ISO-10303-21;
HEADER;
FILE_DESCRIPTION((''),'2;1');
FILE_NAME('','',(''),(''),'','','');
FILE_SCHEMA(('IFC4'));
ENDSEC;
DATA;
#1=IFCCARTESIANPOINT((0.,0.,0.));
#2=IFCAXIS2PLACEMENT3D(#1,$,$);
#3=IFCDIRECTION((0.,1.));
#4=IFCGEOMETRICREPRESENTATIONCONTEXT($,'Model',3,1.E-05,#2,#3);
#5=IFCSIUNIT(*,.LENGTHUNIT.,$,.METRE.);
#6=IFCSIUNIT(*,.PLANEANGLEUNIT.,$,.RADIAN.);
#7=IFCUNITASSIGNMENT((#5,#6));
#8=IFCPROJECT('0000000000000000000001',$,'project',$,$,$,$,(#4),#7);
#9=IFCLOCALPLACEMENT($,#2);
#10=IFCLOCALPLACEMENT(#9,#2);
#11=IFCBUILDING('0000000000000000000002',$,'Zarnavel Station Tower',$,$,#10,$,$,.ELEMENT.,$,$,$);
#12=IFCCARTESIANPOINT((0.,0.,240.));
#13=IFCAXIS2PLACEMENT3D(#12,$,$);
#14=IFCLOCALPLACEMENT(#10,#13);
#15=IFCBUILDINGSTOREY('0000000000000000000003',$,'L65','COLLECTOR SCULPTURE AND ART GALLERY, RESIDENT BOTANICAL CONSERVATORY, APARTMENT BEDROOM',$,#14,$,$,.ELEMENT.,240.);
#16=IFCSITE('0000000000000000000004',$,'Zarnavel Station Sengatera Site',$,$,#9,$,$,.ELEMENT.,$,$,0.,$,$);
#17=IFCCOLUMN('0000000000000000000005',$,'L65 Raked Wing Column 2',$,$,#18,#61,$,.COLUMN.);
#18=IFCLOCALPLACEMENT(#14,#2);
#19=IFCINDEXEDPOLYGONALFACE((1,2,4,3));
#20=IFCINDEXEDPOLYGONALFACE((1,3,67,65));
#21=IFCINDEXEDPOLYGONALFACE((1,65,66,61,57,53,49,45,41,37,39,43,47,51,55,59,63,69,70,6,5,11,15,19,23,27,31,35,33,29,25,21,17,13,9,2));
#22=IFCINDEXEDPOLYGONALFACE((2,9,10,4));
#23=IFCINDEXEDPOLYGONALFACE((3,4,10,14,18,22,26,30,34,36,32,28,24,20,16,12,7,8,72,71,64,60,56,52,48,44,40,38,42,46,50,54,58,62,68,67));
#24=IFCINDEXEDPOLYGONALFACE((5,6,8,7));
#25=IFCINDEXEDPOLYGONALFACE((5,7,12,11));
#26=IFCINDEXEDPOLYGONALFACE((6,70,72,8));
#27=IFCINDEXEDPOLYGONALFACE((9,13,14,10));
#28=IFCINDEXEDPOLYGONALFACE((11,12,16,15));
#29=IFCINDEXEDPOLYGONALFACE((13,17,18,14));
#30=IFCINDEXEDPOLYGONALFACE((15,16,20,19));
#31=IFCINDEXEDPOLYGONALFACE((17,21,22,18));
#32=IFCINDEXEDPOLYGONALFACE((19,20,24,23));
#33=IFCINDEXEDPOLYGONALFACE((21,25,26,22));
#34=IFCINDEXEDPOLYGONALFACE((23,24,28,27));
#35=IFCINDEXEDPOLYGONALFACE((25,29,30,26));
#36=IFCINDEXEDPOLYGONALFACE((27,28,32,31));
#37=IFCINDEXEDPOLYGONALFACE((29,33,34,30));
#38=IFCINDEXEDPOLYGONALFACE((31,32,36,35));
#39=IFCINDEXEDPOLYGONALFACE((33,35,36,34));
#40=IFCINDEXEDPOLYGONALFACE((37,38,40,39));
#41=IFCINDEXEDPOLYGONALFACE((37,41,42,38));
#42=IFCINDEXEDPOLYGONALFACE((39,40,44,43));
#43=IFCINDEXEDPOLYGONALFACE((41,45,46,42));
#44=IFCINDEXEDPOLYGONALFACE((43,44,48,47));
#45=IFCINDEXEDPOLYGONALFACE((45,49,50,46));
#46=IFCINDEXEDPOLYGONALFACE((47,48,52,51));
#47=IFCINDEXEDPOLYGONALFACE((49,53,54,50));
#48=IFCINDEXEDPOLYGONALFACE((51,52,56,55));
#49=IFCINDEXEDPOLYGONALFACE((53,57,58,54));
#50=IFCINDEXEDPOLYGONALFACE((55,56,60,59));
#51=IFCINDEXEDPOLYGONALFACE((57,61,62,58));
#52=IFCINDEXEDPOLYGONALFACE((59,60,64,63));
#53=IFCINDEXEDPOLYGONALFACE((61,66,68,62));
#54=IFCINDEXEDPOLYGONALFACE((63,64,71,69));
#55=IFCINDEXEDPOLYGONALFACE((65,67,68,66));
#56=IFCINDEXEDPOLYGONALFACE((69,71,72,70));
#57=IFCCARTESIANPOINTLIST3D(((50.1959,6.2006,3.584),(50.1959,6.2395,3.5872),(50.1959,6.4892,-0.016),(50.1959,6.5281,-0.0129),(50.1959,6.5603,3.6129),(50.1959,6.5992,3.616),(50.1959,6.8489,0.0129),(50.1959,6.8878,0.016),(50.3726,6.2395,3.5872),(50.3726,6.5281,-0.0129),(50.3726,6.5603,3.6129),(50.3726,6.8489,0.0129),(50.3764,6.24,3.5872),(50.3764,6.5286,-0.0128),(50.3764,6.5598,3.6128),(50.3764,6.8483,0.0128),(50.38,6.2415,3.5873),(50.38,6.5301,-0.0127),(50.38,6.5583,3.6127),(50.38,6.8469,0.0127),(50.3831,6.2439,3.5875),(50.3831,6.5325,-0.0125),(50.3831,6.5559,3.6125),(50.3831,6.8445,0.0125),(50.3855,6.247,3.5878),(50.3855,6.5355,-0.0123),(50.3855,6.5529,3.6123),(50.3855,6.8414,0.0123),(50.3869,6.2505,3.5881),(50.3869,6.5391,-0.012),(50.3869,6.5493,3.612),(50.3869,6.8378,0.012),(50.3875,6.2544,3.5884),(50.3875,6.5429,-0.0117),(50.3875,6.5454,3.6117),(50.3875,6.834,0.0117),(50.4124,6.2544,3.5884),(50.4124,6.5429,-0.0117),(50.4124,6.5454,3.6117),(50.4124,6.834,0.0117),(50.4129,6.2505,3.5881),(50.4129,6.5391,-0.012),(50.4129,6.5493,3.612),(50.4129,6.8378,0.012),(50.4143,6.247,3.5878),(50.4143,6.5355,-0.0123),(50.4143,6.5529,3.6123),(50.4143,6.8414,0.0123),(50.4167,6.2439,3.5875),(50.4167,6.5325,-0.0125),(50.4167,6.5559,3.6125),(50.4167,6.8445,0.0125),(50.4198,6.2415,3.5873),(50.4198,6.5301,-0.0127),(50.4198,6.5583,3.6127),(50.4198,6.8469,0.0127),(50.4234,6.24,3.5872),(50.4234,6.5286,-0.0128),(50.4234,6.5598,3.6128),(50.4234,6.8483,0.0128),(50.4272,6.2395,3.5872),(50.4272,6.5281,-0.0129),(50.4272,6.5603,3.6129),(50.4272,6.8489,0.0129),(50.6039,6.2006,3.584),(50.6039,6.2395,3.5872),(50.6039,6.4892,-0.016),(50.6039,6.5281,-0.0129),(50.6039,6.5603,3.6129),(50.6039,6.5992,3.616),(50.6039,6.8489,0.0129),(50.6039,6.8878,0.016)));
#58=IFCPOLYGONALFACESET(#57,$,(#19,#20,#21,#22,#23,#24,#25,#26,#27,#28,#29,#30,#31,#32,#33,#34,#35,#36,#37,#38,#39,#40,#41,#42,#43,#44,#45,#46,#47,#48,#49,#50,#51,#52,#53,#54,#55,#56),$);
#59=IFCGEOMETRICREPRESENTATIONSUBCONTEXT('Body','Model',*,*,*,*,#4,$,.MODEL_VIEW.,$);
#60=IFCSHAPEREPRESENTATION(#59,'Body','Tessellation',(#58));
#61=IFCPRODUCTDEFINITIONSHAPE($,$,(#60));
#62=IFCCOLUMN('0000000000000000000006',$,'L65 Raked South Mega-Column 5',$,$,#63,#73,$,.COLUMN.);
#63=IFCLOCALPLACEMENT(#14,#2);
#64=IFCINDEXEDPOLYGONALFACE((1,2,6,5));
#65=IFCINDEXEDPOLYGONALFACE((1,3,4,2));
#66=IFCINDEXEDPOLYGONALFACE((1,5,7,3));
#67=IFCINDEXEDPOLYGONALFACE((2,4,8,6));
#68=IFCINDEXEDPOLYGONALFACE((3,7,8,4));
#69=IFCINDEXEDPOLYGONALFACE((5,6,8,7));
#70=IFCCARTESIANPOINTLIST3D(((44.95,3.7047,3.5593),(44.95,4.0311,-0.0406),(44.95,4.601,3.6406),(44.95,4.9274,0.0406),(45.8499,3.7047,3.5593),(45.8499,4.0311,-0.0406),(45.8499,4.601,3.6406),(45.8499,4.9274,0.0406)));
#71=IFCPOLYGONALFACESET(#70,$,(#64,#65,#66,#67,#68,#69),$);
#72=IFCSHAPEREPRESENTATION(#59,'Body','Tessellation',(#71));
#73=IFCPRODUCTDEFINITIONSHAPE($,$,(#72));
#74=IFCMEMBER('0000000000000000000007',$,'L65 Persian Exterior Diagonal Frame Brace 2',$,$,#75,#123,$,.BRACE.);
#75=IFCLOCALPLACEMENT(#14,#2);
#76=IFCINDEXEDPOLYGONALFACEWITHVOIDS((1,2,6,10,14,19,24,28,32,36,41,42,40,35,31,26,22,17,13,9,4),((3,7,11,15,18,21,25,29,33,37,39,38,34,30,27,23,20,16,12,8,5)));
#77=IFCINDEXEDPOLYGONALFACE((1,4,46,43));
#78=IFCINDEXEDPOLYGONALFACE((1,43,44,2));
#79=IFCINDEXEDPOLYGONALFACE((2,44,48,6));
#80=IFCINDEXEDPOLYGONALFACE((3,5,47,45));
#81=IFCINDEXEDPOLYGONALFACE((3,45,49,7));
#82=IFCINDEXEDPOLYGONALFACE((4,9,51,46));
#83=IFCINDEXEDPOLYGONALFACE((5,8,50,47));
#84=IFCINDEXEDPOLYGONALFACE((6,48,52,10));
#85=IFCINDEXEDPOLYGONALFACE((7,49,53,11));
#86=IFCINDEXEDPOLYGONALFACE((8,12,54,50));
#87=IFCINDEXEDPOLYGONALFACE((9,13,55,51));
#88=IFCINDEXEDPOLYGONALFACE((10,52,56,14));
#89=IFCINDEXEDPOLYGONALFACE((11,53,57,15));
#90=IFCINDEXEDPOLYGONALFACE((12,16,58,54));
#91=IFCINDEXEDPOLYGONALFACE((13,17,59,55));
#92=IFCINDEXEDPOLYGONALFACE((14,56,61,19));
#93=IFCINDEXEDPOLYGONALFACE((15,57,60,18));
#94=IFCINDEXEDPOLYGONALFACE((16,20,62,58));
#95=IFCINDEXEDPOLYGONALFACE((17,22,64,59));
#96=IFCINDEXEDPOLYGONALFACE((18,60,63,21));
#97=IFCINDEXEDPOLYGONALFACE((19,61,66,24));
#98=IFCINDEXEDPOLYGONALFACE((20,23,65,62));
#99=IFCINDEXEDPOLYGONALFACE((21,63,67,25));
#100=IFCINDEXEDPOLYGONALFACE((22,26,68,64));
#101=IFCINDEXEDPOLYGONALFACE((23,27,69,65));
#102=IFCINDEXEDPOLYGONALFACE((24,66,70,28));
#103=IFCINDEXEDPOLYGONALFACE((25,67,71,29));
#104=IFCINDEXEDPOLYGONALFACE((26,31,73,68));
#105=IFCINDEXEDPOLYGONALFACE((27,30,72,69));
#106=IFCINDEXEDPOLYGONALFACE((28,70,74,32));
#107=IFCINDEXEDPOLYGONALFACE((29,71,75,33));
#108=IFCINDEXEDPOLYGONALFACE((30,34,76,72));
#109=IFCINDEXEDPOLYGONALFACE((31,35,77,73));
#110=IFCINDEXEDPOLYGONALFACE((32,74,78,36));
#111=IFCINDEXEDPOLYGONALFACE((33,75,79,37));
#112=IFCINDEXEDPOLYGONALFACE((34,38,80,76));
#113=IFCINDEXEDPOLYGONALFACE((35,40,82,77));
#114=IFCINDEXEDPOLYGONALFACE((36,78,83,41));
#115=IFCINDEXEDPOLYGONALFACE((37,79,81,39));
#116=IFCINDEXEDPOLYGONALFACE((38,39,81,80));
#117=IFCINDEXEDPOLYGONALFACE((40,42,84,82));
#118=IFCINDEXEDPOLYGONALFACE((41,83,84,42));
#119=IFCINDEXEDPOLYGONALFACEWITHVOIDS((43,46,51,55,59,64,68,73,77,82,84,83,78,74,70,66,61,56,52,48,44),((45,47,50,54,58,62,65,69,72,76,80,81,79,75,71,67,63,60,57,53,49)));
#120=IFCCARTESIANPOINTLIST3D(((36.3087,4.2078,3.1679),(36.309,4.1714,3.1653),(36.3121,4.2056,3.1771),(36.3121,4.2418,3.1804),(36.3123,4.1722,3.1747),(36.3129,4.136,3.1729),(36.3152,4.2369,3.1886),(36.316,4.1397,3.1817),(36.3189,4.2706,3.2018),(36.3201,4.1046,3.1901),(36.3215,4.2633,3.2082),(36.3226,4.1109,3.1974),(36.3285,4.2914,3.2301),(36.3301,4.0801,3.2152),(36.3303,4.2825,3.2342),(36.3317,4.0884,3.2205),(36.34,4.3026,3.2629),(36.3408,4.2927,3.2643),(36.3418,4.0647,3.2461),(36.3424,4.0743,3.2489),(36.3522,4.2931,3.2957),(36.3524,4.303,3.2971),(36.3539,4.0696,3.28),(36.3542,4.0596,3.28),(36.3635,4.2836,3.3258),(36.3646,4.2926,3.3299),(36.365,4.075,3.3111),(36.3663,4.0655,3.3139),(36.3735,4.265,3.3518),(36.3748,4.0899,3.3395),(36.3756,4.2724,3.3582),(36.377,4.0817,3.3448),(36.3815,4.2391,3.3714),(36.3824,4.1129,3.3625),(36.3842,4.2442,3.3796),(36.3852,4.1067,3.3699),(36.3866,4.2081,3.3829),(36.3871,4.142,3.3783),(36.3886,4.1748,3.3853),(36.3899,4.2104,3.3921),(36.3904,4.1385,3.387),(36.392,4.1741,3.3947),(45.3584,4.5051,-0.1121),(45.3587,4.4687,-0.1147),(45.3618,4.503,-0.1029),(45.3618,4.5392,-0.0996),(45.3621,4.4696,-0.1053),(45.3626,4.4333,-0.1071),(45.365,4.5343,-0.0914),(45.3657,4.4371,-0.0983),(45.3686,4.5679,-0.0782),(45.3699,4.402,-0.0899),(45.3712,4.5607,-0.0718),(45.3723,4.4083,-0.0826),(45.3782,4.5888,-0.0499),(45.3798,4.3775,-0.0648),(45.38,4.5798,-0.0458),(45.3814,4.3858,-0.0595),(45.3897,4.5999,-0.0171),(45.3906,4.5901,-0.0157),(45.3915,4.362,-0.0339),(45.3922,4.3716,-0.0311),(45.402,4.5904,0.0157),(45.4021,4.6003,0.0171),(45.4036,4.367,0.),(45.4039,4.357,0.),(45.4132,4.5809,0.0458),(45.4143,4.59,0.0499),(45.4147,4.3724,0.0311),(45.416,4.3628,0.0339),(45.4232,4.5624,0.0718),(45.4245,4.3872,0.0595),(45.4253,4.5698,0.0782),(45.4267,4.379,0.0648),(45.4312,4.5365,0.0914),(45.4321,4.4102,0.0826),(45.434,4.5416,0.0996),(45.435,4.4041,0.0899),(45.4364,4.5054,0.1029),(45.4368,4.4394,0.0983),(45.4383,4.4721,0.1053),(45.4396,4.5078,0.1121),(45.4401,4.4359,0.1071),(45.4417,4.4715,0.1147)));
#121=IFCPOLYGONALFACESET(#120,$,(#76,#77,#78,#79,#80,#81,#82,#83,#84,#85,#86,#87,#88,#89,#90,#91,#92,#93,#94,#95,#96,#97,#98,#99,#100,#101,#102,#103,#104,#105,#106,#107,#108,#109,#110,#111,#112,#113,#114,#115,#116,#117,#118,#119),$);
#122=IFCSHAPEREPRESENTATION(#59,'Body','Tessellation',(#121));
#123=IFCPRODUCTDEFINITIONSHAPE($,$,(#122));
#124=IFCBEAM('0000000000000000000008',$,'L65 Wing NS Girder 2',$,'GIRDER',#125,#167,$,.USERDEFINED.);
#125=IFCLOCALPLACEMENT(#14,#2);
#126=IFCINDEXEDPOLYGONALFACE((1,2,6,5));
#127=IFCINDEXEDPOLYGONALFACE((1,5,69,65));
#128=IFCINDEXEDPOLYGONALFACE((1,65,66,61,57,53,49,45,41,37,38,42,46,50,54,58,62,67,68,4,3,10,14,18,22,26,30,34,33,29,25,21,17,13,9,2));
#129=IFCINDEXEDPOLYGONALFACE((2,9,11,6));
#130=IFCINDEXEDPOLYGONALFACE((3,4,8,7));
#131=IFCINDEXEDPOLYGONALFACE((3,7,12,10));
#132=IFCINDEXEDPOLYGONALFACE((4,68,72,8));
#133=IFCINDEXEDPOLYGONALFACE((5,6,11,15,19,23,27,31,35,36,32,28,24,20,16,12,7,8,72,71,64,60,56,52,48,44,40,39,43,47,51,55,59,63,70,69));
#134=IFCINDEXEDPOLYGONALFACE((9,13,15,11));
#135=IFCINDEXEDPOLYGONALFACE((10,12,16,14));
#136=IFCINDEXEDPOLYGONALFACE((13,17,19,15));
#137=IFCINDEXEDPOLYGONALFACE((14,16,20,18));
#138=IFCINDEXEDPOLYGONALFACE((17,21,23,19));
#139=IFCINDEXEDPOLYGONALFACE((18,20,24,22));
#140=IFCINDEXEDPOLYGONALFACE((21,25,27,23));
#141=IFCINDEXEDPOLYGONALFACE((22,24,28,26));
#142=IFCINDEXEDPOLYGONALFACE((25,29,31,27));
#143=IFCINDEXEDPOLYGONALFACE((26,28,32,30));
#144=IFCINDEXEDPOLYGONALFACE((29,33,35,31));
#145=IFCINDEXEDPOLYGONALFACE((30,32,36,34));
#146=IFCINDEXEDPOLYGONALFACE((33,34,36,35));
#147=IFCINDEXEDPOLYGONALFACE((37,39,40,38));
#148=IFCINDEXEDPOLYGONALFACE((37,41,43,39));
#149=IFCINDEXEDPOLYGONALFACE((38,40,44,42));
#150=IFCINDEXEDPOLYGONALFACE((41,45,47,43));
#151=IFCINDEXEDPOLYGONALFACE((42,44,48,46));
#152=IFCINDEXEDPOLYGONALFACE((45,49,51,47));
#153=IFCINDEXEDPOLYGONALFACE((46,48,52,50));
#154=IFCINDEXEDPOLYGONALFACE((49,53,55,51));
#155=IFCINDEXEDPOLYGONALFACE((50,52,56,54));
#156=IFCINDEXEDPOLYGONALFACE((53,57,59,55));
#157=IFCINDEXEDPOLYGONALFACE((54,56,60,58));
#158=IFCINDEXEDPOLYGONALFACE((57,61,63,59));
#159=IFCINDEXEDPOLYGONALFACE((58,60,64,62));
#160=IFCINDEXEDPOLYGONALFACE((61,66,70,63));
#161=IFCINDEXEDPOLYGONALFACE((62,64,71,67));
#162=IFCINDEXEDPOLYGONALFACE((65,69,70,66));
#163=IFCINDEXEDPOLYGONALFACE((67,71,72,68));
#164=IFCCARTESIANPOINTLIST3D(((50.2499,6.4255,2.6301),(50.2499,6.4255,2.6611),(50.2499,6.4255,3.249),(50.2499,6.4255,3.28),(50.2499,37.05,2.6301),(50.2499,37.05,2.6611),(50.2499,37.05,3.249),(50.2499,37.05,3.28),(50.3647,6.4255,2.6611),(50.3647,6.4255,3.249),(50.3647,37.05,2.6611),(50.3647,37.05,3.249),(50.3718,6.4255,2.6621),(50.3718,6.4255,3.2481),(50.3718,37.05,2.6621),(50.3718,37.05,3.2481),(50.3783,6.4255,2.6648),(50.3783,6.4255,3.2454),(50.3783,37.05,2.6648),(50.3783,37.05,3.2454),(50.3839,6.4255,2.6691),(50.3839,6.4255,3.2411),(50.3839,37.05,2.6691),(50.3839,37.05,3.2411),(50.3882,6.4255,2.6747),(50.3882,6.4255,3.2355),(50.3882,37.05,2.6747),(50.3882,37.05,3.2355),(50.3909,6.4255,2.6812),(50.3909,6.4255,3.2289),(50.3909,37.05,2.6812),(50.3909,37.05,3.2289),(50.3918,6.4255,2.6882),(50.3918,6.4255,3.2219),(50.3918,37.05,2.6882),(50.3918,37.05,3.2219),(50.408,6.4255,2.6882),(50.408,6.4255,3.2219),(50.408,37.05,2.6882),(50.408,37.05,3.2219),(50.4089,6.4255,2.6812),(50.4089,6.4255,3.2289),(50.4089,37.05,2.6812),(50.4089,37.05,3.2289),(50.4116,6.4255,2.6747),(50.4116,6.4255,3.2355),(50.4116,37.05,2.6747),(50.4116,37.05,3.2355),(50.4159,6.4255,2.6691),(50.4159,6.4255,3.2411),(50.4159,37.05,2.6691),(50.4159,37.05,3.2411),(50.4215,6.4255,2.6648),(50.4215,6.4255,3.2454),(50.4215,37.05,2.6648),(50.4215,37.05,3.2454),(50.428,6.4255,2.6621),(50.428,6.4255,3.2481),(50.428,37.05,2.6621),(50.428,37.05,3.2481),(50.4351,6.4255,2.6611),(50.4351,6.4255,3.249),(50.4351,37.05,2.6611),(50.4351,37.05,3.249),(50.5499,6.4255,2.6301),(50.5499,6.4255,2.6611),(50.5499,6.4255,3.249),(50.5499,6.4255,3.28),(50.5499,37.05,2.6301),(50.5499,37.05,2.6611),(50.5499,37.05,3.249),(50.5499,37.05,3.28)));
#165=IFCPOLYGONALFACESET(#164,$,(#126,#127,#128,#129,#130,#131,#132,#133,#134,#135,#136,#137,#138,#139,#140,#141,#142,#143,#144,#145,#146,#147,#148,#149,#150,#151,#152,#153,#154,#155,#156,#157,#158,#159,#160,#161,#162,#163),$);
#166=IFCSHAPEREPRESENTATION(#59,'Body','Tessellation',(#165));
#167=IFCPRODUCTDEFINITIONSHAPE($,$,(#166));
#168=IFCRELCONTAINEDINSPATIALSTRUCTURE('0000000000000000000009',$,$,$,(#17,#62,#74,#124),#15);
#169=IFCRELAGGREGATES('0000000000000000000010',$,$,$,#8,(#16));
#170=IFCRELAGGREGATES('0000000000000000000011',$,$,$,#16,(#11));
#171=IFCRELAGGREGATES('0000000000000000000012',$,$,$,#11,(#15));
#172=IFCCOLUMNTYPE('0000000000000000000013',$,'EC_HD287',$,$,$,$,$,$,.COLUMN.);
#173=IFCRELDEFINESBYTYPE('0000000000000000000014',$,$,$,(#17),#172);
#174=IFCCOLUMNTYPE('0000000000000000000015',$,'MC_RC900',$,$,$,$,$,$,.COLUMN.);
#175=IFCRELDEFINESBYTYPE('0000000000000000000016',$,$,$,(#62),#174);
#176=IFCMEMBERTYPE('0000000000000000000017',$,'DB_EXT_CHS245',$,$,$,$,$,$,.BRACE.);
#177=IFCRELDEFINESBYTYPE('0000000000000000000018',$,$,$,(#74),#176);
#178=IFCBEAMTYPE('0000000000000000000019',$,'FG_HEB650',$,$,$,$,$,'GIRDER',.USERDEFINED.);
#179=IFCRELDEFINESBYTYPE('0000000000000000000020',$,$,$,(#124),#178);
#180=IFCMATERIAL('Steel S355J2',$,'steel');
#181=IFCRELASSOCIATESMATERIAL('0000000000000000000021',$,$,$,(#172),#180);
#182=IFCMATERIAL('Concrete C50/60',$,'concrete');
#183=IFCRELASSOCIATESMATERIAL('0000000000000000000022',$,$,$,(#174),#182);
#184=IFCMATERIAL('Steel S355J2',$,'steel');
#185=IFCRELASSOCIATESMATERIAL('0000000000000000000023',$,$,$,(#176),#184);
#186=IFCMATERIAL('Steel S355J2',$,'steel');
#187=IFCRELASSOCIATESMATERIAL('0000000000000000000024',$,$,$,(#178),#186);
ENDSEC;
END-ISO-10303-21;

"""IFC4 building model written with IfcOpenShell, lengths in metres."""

from ifc_helpers import new_model, si_unit, direction, frame, origin, origin_2d, place, context, subcontext, project, spatial, rectangle, hollow_circle, i_section, extrude, material, material_profile, profile_set, type_object, element, save


model = new_model("IFC4")

# Units and contexts
model_context = context("Model", 3, precision=1e-05, world=origin(), true_north=direction((0.0, 1.0)))
body_context = subcontext(model_context, "Body", "Model", "MODEL_VIEW")
ifc_project = project(units=[si_unit("LENGTHUNIT", "METRE"), si_unit("PLANEANGLEUNIT", "RADIAN")], contexts=[model_context])

# Site, building, storey
site_placement = place(None, origin())
site = spatial("IfcSite", under=ifc_project, at=site_placement, Name="Zarnavel Station Sengatera Site", CompositionType="ELEMENT", RefElevation=0.0)
building_placement = place(site_placement, origin())
building = spatial("IfcBuilding", under=site, at=building_placement, Name="Zarnavel Station Tower", CompositionType="ELEMENT")
storey_placement = place(building_placement, frame((0.0, 0.0, 240.0)))
storey = spatial("IfcBuildingStorey", under=building, at=storey_placement, Name="L65", Description="COLLECTOR SCULPTURE AND ART GALLERY, RESIDENT BOTANICAL CONSERVATORY, APARTMENT BEDROOM", CompositionType="ELEMENT", Elevation=240.0)

# Columns
ifc_material_1 = material(Name="Steel S355J2", Category="steel")
ifc_material_profile_1 = material_profile(ifc_material_1, i_section(OverallWidth=0.408, OverallDepth=0.3999, WebThickness=0.0249, FlangeThickness=0.0391, FilletRadius=0.0149, at=origin_2d()), Name="HD400x287")
ifc_profile_set_1 = profile_set([ifc_material_profile_1], Name="Steel S355J2")
column_type_1 = type_object("IfcColumnType", Name="EC_HD287", PredefinedType="COLUMN", material=ifc_profile_set_1)
column_1_placement = place(storey_placement, frame((50.3999, 6.6885, 0.0), z_axis=(0.0, -0.079901, 0.996803), x_axis=(1.0, 0.0, 0.0)))
element("IfcColumn", 1, at=column_1_placement, inside=storey, type_object=column_type_1, Name="L65 Raked Wing Column 2", PredefinedType="COLUMN", context=body_context, shape_type="SweptSolid", body=[
    extrude(i_section(OverallWidth=0.408, OverallDepth=0.3999, WebThickness=0.0249, FlangeThickness=0.0391, FilletRadius=0.0149, at=origin_2d()), origin(), (0.0, 0.0, 1.0), 3.6116),
])
ifc_material_2 = material(Name="Concrete C50/60", Category="concrete")
ifc_material_profile_2 = material_profile(ifc_material_2, rectangle(XDim=0.8999, YDim=0.8999, at=origin_2d()), Name="RC900x900")
ifc_profile_set_2 = profile_set([ifc_material_profile_2], Name="Concrete C50/60")
column_type_2 = type_object("IfcColumnType", Name="MC_RC900", PredefinedType="COLUMN", material=ifc_profile_set_2)
column_2_placement = place(storey_placement, frame((45.3999, 4.4792, 0.0), z_axis=(0.0, -0.090298, 0.995915), x_axis=(1.0, 0.0, 0.0)))
element("IfcColumn", 2, at=column_2_placement, inside=storey, type_object=column_type_2, Name="L65 Raked South Mega-Column 5", PredefinedType="COLUMN", context=body_context, shape_type="SweptSolid", body=[
    extrude(rectangle(XDim=0.8999, YDim=0.8999, at=origin_2d()), origin(), (0.0, 0.0, 1.0), 3.6147),
])

# Member
ifc_material_3 = material(Name="Steel S355J2", Category="steel")
ifc_material_profile_3 = material_profile(ifc_material_3, hollow_circle(Radius=0.1223, WallThickness=0.01, at=origin_2d()), Name="CHS244.5x10")
ifc_profile_set_3 = profile_set([ifc_material_profile_3], Name="Steel S355J2")
member_type = type_object("IfcMemberType", Name="DB_EXT_CHS245", PredefinedType="BRACE", material=ifc_profile_set_3)
member_placement = place(storey_placement, frame((45.3999, 4.4792, 0.0), z_axis=(-0.939705, -0.030877, 0.340589), x_axis=(0.032841, -0.999461, 0.0)))
element("IfcMember", 3, at=member_placement, inside=storey, type_object=member_type, Name="L65 Persian Exterior Diagonal Frame Brace 2", PredefinedType="BRACE", context=body_context, shape_type="SweptSolid", body=[
    extrude(hollow_circle(Radius=0.1223, WallThickness=0.01, at=origin_2d()), origin(), (0.0, 0.0, 1.0), 9.6304),
])

# Beam
ifc_material_4 = material(Name="Steel S355J2", Category="steel")
ifc_material_profile_4 = material_profile(ifc_material_4, i_section(OverallWidth=0.3, OverallDepth=0.6499, WebThickness=0.0161, FlangeThickness=0.031, FilletRadius=0.0271, at=origin_2d()), Name="HEB650")
ifc_profile_set_4 = profile_set([ifc_material_profile_4], Name="Steel S355J2")
beam_type_1 = type_object("IfcBeamType", Name="FG_HEB650", ElementType="GIRDER", PredefinedType="USERDEFINED", material=ifc_profile_set_4)
beam_1_placement = place(storey_placement, frame((50.3999, 6.4255, 2.9551), z_axis=(0.0, 1.0, 0.0), x_axis=(-1.0, 0.0, 0.0)))
element("IfcBeam", 4, at=beam_1_placement, inside=storey, type_object=beam_type_1, Name="L65 Wing NS Girder 2", ObjectType="GIRDER", PredefinedType="USERDEFINED", context=body_context, shape_type="SweptSolid", body=[
    extrude(i_section(OverallWidth=0.3, OverallDepth=0.6499, WebThickness=0.0161, FlangeThickness=0.031, FilletRadius=0.0271, at=origin_2d()), origin(), (0.0, 0.0, 1.0), 30.6245),
])

save(model, "model.ifc")
